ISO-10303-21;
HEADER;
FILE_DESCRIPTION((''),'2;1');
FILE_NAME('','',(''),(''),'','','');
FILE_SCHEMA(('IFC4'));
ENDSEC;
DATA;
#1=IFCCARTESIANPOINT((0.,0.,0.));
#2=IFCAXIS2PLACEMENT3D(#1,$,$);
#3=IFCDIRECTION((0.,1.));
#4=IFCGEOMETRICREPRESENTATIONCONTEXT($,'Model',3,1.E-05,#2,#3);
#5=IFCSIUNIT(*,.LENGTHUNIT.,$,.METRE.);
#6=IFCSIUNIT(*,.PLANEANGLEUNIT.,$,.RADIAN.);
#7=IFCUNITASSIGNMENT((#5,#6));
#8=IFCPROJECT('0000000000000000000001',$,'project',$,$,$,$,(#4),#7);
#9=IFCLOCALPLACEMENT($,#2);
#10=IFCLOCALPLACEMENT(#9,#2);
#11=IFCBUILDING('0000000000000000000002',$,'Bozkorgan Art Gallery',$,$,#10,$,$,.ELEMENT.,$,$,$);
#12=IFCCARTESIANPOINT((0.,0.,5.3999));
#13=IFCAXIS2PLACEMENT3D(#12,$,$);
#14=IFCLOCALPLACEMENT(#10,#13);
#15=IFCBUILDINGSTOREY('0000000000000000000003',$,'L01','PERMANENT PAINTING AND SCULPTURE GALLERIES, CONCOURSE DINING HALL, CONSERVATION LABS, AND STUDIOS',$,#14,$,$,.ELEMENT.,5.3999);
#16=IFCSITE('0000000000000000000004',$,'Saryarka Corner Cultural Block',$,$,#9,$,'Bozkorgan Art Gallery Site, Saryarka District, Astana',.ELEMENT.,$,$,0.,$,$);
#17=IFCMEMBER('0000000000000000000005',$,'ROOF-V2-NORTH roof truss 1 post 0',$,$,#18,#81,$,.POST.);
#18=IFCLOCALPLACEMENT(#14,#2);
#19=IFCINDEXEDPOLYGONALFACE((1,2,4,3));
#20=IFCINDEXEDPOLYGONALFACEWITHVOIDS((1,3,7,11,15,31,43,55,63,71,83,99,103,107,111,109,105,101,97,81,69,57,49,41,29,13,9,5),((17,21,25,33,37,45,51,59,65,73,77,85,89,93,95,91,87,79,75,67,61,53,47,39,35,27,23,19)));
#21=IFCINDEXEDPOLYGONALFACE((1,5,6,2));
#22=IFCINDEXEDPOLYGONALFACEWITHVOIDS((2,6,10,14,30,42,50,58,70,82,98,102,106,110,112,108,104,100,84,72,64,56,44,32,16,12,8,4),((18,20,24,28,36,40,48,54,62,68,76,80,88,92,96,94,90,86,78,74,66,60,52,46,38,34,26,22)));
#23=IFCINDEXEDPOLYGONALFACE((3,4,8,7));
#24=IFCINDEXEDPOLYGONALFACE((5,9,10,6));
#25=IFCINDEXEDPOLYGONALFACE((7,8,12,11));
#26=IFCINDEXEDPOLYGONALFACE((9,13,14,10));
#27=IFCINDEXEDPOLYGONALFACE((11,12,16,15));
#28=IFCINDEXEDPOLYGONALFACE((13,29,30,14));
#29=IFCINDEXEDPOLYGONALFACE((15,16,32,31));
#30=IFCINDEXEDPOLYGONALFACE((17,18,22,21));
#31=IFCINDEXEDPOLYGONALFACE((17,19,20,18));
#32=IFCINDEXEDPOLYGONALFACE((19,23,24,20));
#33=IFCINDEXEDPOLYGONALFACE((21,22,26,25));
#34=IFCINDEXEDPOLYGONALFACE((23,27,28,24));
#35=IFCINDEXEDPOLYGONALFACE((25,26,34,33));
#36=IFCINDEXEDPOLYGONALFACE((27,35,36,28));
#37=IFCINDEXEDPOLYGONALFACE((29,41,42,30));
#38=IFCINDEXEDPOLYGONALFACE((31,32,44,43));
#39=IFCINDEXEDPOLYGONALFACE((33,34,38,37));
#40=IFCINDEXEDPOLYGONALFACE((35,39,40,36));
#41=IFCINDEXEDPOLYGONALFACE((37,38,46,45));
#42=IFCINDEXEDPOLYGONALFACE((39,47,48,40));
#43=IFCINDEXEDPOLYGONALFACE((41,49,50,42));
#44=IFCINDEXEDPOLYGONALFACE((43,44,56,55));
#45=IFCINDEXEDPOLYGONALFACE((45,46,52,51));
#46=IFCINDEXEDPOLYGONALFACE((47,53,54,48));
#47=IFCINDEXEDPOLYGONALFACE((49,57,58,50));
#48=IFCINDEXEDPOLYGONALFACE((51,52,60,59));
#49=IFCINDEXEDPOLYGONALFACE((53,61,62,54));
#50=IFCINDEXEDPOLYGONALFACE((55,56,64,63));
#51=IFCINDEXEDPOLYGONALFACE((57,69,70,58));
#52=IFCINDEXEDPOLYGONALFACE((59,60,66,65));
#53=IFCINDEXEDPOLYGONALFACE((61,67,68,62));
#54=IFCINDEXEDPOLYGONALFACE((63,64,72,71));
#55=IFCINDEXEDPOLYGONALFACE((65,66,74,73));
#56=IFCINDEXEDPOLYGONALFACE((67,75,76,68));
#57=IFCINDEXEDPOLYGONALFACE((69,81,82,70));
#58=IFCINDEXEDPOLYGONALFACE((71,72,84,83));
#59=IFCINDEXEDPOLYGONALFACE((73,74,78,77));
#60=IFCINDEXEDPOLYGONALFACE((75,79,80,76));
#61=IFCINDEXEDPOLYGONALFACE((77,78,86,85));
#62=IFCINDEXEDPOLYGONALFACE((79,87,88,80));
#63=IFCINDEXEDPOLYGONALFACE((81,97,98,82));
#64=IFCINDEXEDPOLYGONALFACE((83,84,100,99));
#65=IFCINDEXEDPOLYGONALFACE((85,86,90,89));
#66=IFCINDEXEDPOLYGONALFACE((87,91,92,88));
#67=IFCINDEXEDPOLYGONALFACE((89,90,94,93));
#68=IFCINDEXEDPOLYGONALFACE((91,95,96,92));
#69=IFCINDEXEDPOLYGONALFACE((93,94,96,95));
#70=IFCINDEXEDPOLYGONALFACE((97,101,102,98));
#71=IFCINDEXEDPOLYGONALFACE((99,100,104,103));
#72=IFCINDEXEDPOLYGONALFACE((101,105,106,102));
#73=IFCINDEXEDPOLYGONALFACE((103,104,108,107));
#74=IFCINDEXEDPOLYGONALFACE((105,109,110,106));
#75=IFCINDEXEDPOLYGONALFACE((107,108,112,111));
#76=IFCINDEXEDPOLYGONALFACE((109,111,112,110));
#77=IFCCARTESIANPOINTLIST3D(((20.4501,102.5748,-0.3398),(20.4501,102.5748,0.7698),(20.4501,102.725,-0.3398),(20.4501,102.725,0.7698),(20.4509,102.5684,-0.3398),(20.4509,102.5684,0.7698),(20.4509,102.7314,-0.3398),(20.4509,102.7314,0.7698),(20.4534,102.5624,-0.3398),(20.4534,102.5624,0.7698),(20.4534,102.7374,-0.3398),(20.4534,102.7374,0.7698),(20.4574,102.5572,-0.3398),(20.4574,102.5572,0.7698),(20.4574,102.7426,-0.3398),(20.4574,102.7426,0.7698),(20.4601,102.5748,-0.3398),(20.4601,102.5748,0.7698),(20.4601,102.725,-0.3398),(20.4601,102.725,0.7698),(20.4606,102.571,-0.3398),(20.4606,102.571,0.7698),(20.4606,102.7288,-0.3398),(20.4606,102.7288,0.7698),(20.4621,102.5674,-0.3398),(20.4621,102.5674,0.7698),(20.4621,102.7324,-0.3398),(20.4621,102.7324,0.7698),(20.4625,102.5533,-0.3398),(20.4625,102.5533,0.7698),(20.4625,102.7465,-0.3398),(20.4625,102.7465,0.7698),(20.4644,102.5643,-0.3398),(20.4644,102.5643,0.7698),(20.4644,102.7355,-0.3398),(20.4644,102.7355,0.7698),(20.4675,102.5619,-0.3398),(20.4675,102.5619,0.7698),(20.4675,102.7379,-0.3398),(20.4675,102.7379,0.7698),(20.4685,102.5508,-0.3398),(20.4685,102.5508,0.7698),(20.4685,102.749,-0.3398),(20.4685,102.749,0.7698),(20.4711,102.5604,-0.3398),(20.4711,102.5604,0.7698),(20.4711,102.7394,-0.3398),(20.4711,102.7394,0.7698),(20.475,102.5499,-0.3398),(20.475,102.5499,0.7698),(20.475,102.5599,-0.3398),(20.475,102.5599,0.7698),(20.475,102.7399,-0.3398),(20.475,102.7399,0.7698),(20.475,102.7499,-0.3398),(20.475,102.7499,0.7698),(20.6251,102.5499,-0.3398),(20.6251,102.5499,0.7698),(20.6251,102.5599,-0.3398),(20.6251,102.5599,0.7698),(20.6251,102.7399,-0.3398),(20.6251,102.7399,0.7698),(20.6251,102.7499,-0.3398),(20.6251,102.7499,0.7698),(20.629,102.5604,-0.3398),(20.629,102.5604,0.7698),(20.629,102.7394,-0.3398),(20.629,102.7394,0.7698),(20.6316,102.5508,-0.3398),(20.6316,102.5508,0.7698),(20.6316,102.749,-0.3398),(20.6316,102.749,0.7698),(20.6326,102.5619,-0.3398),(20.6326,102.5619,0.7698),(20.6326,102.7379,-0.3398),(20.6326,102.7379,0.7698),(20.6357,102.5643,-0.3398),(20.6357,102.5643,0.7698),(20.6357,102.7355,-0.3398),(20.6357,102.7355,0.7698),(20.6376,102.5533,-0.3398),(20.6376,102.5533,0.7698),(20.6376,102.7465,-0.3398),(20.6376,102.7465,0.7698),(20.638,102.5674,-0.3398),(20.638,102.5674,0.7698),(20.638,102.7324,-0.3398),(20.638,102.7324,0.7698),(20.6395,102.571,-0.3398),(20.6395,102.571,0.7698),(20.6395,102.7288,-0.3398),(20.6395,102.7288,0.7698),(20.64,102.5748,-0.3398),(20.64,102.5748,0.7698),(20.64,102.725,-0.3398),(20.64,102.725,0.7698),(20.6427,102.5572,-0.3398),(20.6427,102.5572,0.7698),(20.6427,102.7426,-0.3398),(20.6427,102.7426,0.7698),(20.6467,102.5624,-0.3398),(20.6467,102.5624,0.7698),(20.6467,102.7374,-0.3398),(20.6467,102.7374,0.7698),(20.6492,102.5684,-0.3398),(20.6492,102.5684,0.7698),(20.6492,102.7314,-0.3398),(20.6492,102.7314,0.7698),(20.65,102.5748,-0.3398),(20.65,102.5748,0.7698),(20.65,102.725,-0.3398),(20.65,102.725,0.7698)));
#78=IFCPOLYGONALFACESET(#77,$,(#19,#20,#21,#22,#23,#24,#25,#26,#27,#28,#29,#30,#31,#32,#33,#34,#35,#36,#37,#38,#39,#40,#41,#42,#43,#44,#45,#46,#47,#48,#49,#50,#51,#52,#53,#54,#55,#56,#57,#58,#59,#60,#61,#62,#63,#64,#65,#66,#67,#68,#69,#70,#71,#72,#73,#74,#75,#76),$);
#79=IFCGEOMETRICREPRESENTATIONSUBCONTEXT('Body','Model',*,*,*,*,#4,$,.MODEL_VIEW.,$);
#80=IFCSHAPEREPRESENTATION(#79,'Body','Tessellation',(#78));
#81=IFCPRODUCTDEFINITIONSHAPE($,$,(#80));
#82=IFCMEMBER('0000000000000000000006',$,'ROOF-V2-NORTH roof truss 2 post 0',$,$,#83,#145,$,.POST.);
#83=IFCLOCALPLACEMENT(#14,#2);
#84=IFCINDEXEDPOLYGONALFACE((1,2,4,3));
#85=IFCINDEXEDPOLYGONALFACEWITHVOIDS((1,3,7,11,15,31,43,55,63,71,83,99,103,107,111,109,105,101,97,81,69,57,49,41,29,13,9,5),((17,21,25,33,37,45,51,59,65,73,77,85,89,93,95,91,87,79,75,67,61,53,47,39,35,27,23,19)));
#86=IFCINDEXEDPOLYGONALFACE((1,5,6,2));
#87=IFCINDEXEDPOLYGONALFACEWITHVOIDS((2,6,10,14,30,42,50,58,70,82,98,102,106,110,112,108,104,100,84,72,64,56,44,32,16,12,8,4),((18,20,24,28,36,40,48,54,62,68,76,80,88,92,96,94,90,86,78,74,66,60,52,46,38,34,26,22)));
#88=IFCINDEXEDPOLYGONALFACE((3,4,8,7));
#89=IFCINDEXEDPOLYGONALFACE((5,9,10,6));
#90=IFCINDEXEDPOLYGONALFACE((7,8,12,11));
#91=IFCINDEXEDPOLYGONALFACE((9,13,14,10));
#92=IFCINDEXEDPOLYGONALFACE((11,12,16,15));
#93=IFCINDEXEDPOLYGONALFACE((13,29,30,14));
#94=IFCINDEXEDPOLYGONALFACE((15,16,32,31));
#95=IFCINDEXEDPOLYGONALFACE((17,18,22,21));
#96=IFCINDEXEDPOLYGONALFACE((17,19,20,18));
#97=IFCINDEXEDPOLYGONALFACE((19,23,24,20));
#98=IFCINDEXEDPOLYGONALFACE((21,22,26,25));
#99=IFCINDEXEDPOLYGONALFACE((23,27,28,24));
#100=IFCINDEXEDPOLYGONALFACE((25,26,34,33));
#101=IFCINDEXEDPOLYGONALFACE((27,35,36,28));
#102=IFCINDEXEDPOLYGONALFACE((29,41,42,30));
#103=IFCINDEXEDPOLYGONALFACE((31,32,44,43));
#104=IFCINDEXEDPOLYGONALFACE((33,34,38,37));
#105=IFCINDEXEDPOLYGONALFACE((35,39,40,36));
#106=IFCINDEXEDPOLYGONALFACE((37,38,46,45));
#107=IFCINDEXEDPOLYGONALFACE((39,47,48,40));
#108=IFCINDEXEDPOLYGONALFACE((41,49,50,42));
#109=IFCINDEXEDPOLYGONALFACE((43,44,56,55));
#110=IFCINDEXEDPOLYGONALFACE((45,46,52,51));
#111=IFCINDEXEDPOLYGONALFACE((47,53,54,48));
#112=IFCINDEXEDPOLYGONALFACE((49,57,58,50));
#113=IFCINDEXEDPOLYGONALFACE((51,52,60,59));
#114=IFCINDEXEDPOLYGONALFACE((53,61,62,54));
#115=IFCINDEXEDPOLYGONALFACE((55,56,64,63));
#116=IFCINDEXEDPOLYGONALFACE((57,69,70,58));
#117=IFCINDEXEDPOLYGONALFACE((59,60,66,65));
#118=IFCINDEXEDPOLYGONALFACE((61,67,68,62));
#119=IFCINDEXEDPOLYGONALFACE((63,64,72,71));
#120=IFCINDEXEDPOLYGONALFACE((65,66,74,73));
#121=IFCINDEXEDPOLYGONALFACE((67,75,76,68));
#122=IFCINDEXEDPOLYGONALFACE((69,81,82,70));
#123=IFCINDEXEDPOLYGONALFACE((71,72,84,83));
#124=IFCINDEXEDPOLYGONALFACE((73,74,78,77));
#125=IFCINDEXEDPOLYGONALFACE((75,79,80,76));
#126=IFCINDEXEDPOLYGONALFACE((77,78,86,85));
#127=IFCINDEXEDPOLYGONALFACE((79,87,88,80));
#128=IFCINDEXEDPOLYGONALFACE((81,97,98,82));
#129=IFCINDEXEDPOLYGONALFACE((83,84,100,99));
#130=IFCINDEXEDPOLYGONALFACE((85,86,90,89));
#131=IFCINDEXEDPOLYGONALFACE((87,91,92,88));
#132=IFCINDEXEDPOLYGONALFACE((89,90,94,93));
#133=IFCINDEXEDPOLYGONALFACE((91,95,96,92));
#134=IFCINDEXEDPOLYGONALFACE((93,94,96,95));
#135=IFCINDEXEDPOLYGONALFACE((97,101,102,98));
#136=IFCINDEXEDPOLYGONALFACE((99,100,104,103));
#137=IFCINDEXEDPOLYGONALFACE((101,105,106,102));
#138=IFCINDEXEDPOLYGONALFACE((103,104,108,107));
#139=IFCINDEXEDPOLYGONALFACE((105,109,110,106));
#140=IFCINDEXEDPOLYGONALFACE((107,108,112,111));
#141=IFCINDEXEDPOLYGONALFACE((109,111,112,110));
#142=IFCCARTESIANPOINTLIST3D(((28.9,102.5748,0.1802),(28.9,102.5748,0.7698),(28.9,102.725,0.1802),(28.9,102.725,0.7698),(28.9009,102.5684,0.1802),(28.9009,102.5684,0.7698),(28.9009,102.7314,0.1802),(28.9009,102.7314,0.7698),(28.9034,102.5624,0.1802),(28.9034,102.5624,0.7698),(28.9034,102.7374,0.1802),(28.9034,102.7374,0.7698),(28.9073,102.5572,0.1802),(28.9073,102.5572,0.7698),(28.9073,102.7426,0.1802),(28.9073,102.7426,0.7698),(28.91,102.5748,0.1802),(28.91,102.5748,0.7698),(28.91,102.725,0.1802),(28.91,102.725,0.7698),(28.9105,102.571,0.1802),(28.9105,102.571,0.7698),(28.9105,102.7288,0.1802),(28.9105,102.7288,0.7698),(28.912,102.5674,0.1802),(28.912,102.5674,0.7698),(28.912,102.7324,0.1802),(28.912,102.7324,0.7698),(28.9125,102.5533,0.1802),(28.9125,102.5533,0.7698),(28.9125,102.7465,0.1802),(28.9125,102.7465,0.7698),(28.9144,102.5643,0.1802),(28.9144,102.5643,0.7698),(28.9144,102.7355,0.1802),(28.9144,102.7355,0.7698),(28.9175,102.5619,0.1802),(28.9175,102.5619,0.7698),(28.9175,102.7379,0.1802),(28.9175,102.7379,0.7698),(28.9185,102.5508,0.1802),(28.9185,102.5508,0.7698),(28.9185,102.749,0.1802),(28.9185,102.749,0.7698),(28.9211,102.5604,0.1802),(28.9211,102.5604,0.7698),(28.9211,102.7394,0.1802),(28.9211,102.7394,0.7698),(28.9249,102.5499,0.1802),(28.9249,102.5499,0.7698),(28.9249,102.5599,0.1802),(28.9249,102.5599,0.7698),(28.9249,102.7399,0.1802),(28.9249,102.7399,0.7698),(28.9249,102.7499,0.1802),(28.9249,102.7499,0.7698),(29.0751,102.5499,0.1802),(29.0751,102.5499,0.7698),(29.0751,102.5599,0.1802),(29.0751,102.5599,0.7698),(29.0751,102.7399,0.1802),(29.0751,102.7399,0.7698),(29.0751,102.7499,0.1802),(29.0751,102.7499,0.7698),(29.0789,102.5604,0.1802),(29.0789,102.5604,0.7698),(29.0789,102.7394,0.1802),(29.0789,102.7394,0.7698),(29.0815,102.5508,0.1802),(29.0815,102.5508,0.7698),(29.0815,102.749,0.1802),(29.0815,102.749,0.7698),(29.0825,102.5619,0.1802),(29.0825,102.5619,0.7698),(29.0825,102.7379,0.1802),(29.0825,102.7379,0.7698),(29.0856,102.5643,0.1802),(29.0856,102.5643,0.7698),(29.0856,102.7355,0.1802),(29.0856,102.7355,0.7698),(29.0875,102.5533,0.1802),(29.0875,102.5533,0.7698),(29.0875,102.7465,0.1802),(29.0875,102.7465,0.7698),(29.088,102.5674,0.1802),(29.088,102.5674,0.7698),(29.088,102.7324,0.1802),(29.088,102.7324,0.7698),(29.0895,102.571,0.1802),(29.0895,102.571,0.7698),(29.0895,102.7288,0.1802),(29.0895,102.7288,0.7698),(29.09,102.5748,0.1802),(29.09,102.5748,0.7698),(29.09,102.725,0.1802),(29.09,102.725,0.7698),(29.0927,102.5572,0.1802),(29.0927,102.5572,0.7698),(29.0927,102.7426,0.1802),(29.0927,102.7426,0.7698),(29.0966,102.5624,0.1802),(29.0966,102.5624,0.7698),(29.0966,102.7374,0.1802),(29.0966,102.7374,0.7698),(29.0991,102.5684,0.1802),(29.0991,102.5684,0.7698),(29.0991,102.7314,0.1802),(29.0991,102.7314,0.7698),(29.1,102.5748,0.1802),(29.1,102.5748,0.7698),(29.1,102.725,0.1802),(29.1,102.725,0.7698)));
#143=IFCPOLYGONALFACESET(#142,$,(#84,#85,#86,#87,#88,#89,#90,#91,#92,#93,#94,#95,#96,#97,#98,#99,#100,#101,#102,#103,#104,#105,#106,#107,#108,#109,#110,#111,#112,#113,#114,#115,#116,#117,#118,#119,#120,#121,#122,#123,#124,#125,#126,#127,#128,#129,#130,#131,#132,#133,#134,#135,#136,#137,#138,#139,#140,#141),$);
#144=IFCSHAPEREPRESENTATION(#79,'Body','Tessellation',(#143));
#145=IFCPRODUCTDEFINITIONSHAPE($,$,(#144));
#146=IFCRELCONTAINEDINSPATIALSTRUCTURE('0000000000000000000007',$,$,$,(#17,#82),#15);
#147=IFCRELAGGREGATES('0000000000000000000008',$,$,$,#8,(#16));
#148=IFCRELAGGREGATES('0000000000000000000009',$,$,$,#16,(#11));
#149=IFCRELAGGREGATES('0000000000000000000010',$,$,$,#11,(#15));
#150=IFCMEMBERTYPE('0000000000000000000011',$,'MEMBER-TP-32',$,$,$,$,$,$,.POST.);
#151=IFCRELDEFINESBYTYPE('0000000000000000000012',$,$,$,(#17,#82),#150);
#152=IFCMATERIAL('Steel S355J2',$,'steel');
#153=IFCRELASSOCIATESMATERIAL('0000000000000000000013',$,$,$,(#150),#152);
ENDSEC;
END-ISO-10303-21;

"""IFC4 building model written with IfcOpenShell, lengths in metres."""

from ifc_helpers import new_model, si_unit, direction, frame, origin, origin_2d, place, context, subcontext, project, spatial, hollow_rectangle, extrude, material, material_profile, profile_set, type_object, element, save


model = new_model("IFC4")

# Units and contexts
model_context = context("Model", 3, precision=1e-05, world=origin(), true_north=direction((0.0, 1.0)))
body_context = subcontext(model_context, "Body", "Model", "MODEL_VIEW")
ifc_project = project(units=[si_unit("LENGTHUNIT", "METRE"), si_unit("PLANEANGLEUNIT", "RADIAN")], contexts=[model_context])

# Site, building, storey
site_placement = place(None, origin())
site = spatial("IfcSite", under=ifc_project, at=site_placement, Name="Saryarka Corner Cultural Block", LongName="Bozkorgan Art Gallery Site, Saryarka District, Astana", CompositionType="ELEMENT", RefElevation=0.0)
building_placement = place(site_placement, origin())
building = spatial("IfcBuilding", under=site, at=building_placement, Name="Bozkorgan Art Gallery", CompositionType="ELEMENT")
storey_placement = place(building_placement, frame((0.0, 0.0, 5.3999)))
storey = spatial("IfcBuildingStorey", under=building, at=storey_placement, Name="L01", Description="PERMANENT PAINTING AND SCULPTURE GALLERIES, CONCOURSE DINING HALL, CONSERVATION LABS, AND STUDIOS", CompositionType="ELEMENT", Elevation=5.3999)

# Shared definitions
ifc_material_1 = material(Name="Steel S355J2", Category="steel")

# Members
ifc_material_profile_1 = material_profile(ifc_material_1, hollow_rectangle(XDim=0.2, YDim=0.2, WallThickness=0.01, InnerFilletRadius=0.0149, OuterFilletRadius=0.0249, at=origin_2d()), Name="SHS 200x200x10")
ifc_profile_set_1 = profile_set([ifc_material_profile_1], Name="Steel S355J2")
member_type_1 = type_object("IfcMemberType", Name="MEMBER-TP-32", PredefinedType="POST", material=ifc_profile_set_1)
member_1_placement = place(storey_placement, frame((20.55, 102.6499, -0.3398), z_axis=(0.0, 0.0, 1.0), x_axis=(1.0, 0.0, 0.0)))
element("IfcMember", 1, at=member_1_placement, inside=storey, type_object=member_type_1, Name="ROOF-V2-NORTH roof truss 1 post 0", PredefinedType="POST", context=body_context, shape_type="SweptSolid", body=[
    extrude(hollow_rectangle(XDim=0.2, YDim=0.2, WallThickness=0.01, InnerFilletRadius=0.0149, OuterFilletRadius=0.0249, at=origin_2d()), origin(), (0.0, 0.0, 1.0), 1.1096),
])
for number, where, z_axis, x_axis, name in (
    (2, (29.0, 102.6499, 0.1802), (0.0, 0.0, 1.0), (1.0, 0.0, 0.0), "ROOF-V2-NORTH roof truss 2 post 0"),
):
    element("IfcMember", number, at=place(storey_placement, frame(where, z_axis=z_axis, x_axis=x_axis)), inside=storey, type_object=member_type_1, Name=name, PredefinedType="POST", context=body_context, shape_type="SweptSolid", body=[
        extrude(hollow_rectangle(XDim=0.2, YDim=0.2, WallThickness=0.01, InnerFilletRadius=0.0149, OuterFilletRadius=0.0249, at=origin_2d()), origin(), (0.0, 0.0, 1.0), 0.5896),
    ])

save(model, "model.ifc")
